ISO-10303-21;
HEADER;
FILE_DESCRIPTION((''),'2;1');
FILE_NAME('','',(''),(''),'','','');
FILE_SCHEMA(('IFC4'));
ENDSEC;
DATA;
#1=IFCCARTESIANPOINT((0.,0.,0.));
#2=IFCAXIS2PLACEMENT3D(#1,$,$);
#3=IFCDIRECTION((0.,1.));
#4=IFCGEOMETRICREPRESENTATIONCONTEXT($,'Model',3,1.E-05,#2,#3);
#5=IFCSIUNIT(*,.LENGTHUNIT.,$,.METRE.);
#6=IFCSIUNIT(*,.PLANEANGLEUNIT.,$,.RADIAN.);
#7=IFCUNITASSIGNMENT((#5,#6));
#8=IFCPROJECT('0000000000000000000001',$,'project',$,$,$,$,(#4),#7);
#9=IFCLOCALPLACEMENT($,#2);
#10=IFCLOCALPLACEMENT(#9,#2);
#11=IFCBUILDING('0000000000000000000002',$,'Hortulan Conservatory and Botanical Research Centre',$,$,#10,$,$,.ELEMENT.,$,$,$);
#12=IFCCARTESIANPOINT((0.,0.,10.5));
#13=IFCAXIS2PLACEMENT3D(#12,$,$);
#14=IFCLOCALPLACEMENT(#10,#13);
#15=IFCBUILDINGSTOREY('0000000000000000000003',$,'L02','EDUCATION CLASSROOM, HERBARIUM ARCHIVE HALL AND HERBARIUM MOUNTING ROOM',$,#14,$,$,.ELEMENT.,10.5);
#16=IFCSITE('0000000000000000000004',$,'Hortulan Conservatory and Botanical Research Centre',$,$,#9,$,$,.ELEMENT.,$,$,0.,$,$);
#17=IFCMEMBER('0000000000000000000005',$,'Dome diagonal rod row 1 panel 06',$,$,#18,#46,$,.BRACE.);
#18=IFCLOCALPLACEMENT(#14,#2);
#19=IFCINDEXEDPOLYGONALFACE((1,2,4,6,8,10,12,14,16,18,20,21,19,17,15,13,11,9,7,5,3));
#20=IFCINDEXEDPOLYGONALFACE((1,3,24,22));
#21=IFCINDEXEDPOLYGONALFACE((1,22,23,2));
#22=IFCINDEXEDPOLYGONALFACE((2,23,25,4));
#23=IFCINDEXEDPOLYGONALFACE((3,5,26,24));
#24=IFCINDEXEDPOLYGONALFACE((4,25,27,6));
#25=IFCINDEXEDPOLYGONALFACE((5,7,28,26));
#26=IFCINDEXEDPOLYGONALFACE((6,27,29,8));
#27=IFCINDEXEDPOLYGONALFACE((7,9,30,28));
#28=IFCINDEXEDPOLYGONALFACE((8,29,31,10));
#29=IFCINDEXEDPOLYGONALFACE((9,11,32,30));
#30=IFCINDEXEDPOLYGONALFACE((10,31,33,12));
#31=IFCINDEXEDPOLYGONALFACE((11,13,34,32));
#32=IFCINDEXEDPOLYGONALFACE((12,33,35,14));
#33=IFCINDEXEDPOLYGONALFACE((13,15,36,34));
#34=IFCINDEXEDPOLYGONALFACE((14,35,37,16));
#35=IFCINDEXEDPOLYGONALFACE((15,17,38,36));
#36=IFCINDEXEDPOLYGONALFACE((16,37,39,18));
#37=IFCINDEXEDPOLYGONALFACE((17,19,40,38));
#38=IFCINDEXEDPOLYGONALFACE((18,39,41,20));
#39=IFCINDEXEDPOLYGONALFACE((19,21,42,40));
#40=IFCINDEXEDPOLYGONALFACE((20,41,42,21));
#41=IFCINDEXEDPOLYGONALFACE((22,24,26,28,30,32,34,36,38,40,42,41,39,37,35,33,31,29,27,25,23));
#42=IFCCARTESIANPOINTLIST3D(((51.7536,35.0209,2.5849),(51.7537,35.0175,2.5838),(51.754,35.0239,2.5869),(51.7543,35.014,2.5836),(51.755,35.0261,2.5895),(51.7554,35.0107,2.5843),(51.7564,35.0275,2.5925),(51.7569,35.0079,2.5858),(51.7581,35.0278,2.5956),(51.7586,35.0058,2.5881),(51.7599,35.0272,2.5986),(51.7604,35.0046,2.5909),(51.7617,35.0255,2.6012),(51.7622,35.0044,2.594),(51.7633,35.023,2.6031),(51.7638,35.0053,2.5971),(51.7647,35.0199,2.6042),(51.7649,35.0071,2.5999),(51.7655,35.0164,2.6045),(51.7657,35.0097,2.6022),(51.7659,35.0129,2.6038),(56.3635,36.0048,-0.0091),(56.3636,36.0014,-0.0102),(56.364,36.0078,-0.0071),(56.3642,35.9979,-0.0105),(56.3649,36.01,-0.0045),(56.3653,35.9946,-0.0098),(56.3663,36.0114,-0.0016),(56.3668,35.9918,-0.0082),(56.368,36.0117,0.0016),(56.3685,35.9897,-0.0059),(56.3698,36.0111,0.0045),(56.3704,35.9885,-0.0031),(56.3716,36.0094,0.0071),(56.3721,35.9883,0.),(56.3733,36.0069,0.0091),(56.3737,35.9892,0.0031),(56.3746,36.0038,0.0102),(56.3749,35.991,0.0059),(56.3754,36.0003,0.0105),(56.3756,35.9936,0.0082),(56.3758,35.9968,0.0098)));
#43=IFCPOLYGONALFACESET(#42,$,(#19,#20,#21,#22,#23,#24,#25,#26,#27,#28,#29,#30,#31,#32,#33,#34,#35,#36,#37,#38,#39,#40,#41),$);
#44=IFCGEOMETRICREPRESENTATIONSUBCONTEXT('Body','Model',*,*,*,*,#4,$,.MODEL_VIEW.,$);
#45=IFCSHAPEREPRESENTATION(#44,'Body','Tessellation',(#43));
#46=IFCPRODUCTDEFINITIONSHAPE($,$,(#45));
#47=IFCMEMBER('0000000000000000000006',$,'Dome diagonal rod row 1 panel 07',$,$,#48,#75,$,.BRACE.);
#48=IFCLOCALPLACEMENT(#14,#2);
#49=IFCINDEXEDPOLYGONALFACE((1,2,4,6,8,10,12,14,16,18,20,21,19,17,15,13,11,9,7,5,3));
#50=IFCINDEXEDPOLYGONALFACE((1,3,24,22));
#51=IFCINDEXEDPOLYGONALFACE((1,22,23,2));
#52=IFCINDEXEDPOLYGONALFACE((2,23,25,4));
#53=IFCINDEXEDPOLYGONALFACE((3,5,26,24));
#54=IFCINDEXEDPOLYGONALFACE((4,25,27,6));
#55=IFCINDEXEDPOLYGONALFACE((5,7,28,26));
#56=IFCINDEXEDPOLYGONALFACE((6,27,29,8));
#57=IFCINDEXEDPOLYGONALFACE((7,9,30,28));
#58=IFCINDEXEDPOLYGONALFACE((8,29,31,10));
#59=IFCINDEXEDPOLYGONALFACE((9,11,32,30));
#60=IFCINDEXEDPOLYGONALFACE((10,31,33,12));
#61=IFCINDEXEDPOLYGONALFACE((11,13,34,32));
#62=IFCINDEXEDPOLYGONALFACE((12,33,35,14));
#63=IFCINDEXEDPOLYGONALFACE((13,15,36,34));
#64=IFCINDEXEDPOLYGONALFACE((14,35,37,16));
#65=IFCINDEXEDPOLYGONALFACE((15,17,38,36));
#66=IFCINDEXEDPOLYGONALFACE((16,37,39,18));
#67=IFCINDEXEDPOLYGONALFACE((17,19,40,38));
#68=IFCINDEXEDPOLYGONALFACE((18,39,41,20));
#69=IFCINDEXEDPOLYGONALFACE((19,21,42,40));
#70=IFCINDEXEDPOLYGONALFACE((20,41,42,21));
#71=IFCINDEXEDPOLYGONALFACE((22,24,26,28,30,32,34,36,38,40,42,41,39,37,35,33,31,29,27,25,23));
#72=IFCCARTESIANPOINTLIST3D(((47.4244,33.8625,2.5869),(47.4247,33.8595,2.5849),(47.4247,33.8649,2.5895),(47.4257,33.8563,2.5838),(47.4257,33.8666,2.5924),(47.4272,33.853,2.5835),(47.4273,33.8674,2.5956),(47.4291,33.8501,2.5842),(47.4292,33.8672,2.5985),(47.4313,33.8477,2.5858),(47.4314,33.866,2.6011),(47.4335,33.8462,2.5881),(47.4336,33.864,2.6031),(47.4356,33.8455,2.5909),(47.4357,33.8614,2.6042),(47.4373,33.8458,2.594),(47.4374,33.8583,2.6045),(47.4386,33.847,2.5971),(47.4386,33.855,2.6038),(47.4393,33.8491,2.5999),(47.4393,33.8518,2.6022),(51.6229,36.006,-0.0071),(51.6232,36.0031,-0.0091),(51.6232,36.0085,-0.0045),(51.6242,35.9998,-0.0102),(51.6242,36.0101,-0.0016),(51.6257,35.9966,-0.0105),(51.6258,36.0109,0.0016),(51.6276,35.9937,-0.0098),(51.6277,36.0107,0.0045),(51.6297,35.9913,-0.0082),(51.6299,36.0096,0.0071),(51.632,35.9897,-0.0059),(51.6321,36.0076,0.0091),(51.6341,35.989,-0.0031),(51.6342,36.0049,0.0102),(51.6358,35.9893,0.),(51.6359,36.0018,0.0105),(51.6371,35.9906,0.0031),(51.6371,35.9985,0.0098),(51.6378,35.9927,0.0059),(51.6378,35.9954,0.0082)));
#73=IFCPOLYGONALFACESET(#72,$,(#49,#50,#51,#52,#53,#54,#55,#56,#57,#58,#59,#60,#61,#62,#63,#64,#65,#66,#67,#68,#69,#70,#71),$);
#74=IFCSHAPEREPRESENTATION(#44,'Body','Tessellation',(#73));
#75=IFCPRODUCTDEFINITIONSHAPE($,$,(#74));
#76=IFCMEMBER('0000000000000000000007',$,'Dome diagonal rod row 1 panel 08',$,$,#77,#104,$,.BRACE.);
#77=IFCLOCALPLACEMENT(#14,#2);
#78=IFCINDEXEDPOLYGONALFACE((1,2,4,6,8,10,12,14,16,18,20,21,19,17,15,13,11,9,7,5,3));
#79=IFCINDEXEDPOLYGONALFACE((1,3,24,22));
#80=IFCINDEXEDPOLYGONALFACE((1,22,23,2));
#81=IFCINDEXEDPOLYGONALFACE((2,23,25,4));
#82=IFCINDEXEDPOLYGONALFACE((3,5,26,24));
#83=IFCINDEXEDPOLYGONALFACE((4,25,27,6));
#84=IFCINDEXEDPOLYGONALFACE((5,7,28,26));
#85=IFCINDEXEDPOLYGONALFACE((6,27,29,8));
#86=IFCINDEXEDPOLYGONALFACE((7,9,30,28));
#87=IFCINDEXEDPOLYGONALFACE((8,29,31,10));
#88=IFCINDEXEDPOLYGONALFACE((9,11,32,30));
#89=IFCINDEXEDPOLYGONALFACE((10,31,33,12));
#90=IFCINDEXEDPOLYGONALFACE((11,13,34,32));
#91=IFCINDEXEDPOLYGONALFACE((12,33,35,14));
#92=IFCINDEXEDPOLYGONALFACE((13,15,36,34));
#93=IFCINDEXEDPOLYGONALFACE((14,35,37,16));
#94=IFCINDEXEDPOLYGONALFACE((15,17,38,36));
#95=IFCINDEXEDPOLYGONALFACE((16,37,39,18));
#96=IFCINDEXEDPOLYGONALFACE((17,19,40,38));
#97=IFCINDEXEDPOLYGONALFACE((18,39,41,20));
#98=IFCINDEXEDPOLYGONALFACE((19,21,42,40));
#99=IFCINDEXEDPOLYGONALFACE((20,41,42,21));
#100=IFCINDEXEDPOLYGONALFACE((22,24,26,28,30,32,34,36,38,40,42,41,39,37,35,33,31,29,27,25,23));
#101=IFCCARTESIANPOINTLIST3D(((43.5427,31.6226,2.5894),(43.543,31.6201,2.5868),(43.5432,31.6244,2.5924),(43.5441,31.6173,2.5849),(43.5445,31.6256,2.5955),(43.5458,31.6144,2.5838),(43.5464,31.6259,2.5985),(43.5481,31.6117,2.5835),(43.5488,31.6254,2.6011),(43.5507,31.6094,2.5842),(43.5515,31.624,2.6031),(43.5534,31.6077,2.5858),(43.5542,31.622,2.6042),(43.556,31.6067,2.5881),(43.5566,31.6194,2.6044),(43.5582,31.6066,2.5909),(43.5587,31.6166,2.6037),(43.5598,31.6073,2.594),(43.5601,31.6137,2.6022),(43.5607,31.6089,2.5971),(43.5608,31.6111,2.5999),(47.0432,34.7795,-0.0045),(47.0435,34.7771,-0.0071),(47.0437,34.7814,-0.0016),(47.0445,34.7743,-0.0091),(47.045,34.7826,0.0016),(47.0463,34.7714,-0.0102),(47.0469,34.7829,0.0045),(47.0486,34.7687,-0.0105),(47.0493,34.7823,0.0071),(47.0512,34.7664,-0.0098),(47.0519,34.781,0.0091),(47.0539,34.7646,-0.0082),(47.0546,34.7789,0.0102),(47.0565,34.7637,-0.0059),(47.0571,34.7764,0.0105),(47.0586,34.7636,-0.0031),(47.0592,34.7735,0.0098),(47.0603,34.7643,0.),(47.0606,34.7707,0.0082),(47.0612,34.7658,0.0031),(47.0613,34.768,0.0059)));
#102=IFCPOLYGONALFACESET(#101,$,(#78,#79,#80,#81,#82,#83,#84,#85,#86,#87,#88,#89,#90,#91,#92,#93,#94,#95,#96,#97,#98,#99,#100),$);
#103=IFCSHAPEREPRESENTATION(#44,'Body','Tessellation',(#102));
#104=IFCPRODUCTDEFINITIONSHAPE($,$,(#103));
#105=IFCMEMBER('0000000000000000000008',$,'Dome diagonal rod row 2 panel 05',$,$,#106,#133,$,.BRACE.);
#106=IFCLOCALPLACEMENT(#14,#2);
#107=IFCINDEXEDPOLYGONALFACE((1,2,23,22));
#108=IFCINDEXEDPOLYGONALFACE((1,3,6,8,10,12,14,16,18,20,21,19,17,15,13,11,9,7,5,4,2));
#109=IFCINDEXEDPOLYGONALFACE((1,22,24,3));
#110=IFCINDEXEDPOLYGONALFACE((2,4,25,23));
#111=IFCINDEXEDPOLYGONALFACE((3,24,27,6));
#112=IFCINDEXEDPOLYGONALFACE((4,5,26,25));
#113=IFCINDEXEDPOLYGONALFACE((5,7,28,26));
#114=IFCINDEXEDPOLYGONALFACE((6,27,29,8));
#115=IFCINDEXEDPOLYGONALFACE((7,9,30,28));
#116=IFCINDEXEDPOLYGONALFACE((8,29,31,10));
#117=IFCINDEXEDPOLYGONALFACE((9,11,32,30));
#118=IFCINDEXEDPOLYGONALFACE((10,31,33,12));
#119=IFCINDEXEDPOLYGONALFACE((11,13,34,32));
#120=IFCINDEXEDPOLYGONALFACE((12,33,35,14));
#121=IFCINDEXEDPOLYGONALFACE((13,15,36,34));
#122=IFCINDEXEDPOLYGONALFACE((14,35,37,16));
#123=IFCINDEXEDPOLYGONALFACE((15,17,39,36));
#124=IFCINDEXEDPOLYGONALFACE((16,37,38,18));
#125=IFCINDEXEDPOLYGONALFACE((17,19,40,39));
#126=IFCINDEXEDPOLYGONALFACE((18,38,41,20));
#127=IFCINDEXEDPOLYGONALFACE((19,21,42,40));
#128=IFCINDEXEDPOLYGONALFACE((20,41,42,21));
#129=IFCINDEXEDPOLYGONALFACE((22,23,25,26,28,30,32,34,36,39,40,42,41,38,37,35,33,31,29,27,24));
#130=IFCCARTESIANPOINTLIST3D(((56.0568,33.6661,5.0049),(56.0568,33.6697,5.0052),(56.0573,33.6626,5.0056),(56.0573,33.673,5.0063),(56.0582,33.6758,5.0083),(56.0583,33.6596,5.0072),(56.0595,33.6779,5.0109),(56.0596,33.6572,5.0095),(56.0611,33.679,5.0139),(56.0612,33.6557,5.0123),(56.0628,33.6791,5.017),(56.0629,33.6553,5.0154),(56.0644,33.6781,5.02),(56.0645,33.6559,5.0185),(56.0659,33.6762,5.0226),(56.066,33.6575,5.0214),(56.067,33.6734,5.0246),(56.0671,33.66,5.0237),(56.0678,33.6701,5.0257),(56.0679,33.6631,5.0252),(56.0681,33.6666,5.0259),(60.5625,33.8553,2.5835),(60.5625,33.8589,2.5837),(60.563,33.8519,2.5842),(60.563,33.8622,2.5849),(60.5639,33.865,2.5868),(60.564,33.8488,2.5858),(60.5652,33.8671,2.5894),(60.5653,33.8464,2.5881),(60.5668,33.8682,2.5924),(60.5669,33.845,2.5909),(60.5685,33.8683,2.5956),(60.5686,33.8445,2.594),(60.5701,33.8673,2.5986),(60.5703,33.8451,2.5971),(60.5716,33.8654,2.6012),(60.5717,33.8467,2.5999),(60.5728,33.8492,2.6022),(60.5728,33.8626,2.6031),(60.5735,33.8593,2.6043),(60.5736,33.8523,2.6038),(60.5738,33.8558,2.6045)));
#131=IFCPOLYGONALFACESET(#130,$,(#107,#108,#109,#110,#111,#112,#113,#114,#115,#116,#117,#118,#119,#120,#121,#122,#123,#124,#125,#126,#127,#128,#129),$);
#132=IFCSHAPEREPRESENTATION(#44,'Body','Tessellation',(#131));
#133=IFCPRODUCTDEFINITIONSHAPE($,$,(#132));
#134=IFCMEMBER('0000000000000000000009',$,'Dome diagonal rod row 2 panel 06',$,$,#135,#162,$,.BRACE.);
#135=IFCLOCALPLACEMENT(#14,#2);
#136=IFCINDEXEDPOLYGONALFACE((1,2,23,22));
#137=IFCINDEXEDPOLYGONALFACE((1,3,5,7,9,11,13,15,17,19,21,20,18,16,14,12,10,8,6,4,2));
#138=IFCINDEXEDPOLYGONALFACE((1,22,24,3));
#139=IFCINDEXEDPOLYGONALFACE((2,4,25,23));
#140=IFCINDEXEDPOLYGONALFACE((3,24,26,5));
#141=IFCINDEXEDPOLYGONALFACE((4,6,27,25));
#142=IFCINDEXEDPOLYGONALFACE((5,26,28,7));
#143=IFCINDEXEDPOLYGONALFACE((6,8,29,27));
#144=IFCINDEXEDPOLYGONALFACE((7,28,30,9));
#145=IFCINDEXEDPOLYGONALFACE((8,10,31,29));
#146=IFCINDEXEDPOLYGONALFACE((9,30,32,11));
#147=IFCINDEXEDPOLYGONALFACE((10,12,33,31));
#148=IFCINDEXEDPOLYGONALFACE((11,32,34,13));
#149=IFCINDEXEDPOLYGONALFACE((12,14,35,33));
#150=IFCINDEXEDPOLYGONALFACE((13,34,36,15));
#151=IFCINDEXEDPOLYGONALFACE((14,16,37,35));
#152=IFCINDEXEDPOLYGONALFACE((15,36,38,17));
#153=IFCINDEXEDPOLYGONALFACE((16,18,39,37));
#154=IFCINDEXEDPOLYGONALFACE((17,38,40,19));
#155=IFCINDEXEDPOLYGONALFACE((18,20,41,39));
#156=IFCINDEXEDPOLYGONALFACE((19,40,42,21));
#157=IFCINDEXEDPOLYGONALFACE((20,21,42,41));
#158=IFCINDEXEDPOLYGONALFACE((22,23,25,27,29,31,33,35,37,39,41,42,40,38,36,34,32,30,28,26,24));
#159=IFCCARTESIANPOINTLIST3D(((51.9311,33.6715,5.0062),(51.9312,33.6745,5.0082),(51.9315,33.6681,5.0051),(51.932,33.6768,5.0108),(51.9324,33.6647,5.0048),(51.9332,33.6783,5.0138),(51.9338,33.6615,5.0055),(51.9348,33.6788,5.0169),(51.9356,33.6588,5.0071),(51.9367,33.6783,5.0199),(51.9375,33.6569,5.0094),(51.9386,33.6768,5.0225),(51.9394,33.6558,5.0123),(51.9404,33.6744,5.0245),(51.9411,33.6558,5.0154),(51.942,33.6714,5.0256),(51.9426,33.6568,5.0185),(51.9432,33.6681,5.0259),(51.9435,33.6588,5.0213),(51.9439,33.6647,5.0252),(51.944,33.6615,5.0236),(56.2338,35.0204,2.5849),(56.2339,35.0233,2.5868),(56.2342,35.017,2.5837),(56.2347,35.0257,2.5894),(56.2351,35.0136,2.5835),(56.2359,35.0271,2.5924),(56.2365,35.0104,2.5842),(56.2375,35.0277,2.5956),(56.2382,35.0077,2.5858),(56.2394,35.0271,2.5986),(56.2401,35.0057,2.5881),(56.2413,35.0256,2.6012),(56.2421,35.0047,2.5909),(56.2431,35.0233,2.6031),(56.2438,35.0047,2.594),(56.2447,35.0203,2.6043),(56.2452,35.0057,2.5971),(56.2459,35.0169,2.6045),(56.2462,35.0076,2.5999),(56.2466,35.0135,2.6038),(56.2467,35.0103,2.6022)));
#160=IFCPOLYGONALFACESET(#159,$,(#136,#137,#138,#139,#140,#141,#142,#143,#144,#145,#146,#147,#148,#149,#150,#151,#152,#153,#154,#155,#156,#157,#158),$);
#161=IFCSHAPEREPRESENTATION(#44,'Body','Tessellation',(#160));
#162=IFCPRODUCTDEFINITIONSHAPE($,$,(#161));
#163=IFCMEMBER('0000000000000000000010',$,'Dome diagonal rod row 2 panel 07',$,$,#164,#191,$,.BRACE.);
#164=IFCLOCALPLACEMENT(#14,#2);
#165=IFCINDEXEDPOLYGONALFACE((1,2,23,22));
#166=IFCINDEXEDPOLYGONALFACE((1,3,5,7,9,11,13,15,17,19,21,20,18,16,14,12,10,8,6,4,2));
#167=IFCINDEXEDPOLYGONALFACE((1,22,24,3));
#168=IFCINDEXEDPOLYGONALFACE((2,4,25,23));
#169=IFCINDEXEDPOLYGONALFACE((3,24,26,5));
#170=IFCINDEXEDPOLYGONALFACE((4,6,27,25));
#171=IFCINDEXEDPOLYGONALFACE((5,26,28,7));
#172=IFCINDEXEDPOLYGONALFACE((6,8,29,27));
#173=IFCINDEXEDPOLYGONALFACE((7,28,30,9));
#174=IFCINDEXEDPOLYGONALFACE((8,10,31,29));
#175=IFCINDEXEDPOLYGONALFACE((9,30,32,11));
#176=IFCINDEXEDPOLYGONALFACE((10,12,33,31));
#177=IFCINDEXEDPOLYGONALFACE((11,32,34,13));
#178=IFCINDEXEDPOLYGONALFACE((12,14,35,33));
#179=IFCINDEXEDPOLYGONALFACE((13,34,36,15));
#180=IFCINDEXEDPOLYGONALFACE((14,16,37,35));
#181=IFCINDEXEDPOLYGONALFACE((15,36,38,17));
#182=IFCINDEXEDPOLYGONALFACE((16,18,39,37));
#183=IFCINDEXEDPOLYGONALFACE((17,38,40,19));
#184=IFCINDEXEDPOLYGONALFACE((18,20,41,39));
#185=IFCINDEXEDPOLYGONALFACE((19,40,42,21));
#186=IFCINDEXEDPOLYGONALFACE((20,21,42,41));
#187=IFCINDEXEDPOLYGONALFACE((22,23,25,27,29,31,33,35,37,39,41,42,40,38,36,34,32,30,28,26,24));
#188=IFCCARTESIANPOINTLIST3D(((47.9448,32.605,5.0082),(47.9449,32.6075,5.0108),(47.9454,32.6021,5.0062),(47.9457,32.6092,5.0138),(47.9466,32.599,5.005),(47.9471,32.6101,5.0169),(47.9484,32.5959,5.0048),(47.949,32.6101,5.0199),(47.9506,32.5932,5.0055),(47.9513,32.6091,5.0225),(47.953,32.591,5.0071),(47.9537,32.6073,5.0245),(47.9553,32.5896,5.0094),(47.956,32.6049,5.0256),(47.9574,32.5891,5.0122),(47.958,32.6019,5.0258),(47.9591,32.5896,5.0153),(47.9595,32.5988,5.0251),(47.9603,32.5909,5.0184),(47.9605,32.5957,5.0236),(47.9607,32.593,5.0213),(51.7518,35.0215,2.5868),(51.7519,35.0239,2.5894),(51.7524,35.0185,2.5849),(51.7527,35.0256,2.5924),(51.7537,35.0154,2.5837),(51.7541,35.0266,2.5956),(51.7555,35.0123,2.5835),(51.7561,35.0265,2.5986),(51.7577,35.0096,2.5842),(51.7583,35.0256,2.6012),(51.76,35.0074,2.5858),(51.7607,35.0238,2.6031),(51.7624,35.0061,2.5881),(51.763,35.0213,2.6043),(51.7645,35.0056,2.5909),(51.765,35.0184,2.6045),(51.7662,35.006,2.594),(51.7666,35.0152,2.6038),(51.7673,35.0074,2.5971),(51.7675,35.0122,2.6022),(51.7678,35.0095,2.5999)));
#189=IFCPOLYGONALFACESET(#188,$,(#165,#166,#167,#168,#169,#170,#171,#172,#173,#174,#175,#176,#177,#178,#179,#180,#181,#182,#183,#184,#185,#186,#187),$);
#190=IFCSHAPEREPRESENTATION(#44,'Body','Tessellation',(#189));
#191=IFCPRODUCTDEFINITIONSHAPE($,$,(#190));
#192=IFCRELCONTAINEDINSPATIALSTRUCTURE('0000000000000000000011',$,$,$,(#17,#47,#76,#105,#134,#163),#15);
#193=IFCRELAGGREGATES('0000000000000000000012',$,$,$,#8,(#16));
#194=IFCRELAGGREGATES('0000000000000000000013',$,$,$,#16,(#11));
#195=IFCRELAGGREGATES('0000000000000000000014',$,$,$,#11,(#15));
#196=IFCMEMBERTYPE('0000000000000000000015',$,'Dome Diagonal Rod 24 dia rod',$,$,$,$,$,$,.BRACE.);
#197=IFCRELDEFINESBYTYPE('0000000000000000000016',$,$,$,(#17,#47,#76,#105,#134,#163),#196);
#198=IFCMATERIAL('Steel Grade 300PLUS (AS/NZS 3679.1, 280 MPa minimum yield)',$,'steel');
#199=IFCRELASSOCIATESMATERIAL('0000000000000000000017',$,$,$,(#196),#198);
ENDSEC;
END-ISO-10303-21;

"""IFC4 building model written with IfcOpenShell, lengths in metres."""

from ifc_helpers import new_model, si_unit, direction, frame, origin, origin_2d, place, context, subcontext, project, spatial, circle, extrude, material, material_profile, profile_set, type_object, element, save


model = new_model("IFC4")

# Units and contexts
model_context = context("Model", 3, precision=1e-05, world=origin(), true_north=direction((0.0, 1.0)))
body_context = subcontext(model_context, "Body", "Model", "MODEL_VIEW")
ifc_project = project(units=[si_unit("LENGTHUNIT", "METRE"), si_unit("PLANEANGLEUNIT", "RADIAN")], contexts=[model_context])

# Site, building, storey
site_placement = place(None, origin())
site = spatial("IfcSite", under=ifc_project, at=site_placement, Name="Hortulan Conservatory and Botanical Research Centre", CompositionType="ELEMENT", RefElevation=0.0)
building_placement = place(site_placement, origin())
building = spatial("IfcBuilding", under=site, at=building_placement, Name="Hortulan Conservatory and Botanical Research Centre", CompositionType="ELEMENT")
storey_placement = place(building_placement, frame((0.0, 0.0, 10.5)))
storey = spatial("IfcBuildingStorey", under=building, at=storey_placement, Name="L02", Description="EDUCATION CLASSROOM, HERBARIUM ARCHIVE HALL AND HERBARIUM MOUNTING ROOM", CompositionType="ELEMENT", Elevation=10.5)

# Members
ifc_material_1 = material(Name="Steel Grade 300PLUS (AS/NZS 3679.1, 280 MPa minimum yield)", Category="steel")
ifc_material_profile_1 = material_profile(ifc_material_1, circle(Radius=0.012, at=origin_2d()), Name="24 dia rod")
ifc_profile_set_1 = profile_set([ifc_material_profile_1], Name="Steel Grade 300PLUS (AS/NZS 3679.1, 280 MPa minimum yield)")
member_type_1 = type_object("IfcMemberType", Name="Dome Diagonal Rod 24 dia rod", PredefinedType="BRACE", material=ifc_profile_set_1)
member_1_placement = place(storey_placement, frame((56.3696, 36.0, 0.0), z_axis=(-0.856803, -0.182868, 0.482128), x_axis=(0.20873, -0.977973, 0.0)))
element("IfcMember", 1, at=member_1_placement, inside=storey, type_object=member_type_1, Name="Dome diagonal rod row 1 panel 06", PredefinedType="BRACE", context=body_context, shape_type="SweptSolid", body=[
    extrude(circle(Radius=0.012, at=origin_2d()), origin(), (0.0, 0.0, 1.0), 5.3804),
])
member_2_placement = place(storey_placement, frame((51.6304, 36.0, 0.0), z_axis=(-0.7803, -0.398385, 0.482101), x_axis=(0.454718, -0.890636, 0.0)))
element("IfcMember", 2, at=member_2_placement, inside=storey, type_object=member_type_1, Name="Dome diagonal rod row 1 panel 07", PredefinedType="BRACE", context=body_context, shape_type="SweptSolid", body=[
    extrude(circle(Radius=0.012, at=origin_2d()), origin(), (0.0, 0.0, 1.0), 5.3806),
])
member_3_placement = place(storey_placement, frame((47.0522, 34.7732, 0.0), z_axis=(-0.650599, -0.586755, 0.482119), x_axis=(0.669731, -0.742604, 0.0)))
element("IfcMember", 3, at=member_3_placement, inside=storey, type_object=member_type_1, Name="Dome diagonal rod row 1 panel 08", PredefinedType="BRACE", context=body_context, shape_type="SweptSolid", body=[
    extrude(circle(Radius=0.012, at=origin_2d()), origin(), (0.0, 0.0, 1.0), 5.3804),
])
member_4_placement = place(storey_placement, frame((60.5681, 33.8564, 2.594), z_axis=(-0.880253, -0.036965, 0.473062), x_axis=(0.041957, -0.999119, 0.0)))
element("IfcMember", 4, at=member_4_placement, inside=storey, type_object=member_type_1, Name="Dome diagonal rod row 2 panel 05", PredefinedType="BRACE", context=body_context, shape_type="SweptSolid", body=[
    extrude(circle(Radius=0.012, at=origin_2d()), origin(), (0.0, 0.0, 1.0), 5.1187),
])
for number, where, z_axis, x_axis, name in (
    (5, (56.2402, 35.0161, 2.594), (-0.840671, -0.263545, 0.473092), (0.299138, -0.95421, 0.0), "Dome diagonal rod row 2 panel 06"),
    (6, (51.7598, 35.0161, 2.594), (-0.743829, -0.472132, 0.473086), (0.535894, -0.844285, 0.0), "Dome diagonal rod row 2 panel 07"),
):
    element("IfcMember", number, at=place(storey_placement, frame(where, z_axis=z_axis, x_axis=x_axis)), inside=storey, type_object=member_type_1, Name=name, PredefinedType="BRACE", context=body_context, shape_type="SweptSolid", body=[
        extrude(circle(Radius=0.012, at=origin_2d()), origin(), (0.0, 0.0, 1.0), 5.1182),
    ])

save(model, "model.ifc")
